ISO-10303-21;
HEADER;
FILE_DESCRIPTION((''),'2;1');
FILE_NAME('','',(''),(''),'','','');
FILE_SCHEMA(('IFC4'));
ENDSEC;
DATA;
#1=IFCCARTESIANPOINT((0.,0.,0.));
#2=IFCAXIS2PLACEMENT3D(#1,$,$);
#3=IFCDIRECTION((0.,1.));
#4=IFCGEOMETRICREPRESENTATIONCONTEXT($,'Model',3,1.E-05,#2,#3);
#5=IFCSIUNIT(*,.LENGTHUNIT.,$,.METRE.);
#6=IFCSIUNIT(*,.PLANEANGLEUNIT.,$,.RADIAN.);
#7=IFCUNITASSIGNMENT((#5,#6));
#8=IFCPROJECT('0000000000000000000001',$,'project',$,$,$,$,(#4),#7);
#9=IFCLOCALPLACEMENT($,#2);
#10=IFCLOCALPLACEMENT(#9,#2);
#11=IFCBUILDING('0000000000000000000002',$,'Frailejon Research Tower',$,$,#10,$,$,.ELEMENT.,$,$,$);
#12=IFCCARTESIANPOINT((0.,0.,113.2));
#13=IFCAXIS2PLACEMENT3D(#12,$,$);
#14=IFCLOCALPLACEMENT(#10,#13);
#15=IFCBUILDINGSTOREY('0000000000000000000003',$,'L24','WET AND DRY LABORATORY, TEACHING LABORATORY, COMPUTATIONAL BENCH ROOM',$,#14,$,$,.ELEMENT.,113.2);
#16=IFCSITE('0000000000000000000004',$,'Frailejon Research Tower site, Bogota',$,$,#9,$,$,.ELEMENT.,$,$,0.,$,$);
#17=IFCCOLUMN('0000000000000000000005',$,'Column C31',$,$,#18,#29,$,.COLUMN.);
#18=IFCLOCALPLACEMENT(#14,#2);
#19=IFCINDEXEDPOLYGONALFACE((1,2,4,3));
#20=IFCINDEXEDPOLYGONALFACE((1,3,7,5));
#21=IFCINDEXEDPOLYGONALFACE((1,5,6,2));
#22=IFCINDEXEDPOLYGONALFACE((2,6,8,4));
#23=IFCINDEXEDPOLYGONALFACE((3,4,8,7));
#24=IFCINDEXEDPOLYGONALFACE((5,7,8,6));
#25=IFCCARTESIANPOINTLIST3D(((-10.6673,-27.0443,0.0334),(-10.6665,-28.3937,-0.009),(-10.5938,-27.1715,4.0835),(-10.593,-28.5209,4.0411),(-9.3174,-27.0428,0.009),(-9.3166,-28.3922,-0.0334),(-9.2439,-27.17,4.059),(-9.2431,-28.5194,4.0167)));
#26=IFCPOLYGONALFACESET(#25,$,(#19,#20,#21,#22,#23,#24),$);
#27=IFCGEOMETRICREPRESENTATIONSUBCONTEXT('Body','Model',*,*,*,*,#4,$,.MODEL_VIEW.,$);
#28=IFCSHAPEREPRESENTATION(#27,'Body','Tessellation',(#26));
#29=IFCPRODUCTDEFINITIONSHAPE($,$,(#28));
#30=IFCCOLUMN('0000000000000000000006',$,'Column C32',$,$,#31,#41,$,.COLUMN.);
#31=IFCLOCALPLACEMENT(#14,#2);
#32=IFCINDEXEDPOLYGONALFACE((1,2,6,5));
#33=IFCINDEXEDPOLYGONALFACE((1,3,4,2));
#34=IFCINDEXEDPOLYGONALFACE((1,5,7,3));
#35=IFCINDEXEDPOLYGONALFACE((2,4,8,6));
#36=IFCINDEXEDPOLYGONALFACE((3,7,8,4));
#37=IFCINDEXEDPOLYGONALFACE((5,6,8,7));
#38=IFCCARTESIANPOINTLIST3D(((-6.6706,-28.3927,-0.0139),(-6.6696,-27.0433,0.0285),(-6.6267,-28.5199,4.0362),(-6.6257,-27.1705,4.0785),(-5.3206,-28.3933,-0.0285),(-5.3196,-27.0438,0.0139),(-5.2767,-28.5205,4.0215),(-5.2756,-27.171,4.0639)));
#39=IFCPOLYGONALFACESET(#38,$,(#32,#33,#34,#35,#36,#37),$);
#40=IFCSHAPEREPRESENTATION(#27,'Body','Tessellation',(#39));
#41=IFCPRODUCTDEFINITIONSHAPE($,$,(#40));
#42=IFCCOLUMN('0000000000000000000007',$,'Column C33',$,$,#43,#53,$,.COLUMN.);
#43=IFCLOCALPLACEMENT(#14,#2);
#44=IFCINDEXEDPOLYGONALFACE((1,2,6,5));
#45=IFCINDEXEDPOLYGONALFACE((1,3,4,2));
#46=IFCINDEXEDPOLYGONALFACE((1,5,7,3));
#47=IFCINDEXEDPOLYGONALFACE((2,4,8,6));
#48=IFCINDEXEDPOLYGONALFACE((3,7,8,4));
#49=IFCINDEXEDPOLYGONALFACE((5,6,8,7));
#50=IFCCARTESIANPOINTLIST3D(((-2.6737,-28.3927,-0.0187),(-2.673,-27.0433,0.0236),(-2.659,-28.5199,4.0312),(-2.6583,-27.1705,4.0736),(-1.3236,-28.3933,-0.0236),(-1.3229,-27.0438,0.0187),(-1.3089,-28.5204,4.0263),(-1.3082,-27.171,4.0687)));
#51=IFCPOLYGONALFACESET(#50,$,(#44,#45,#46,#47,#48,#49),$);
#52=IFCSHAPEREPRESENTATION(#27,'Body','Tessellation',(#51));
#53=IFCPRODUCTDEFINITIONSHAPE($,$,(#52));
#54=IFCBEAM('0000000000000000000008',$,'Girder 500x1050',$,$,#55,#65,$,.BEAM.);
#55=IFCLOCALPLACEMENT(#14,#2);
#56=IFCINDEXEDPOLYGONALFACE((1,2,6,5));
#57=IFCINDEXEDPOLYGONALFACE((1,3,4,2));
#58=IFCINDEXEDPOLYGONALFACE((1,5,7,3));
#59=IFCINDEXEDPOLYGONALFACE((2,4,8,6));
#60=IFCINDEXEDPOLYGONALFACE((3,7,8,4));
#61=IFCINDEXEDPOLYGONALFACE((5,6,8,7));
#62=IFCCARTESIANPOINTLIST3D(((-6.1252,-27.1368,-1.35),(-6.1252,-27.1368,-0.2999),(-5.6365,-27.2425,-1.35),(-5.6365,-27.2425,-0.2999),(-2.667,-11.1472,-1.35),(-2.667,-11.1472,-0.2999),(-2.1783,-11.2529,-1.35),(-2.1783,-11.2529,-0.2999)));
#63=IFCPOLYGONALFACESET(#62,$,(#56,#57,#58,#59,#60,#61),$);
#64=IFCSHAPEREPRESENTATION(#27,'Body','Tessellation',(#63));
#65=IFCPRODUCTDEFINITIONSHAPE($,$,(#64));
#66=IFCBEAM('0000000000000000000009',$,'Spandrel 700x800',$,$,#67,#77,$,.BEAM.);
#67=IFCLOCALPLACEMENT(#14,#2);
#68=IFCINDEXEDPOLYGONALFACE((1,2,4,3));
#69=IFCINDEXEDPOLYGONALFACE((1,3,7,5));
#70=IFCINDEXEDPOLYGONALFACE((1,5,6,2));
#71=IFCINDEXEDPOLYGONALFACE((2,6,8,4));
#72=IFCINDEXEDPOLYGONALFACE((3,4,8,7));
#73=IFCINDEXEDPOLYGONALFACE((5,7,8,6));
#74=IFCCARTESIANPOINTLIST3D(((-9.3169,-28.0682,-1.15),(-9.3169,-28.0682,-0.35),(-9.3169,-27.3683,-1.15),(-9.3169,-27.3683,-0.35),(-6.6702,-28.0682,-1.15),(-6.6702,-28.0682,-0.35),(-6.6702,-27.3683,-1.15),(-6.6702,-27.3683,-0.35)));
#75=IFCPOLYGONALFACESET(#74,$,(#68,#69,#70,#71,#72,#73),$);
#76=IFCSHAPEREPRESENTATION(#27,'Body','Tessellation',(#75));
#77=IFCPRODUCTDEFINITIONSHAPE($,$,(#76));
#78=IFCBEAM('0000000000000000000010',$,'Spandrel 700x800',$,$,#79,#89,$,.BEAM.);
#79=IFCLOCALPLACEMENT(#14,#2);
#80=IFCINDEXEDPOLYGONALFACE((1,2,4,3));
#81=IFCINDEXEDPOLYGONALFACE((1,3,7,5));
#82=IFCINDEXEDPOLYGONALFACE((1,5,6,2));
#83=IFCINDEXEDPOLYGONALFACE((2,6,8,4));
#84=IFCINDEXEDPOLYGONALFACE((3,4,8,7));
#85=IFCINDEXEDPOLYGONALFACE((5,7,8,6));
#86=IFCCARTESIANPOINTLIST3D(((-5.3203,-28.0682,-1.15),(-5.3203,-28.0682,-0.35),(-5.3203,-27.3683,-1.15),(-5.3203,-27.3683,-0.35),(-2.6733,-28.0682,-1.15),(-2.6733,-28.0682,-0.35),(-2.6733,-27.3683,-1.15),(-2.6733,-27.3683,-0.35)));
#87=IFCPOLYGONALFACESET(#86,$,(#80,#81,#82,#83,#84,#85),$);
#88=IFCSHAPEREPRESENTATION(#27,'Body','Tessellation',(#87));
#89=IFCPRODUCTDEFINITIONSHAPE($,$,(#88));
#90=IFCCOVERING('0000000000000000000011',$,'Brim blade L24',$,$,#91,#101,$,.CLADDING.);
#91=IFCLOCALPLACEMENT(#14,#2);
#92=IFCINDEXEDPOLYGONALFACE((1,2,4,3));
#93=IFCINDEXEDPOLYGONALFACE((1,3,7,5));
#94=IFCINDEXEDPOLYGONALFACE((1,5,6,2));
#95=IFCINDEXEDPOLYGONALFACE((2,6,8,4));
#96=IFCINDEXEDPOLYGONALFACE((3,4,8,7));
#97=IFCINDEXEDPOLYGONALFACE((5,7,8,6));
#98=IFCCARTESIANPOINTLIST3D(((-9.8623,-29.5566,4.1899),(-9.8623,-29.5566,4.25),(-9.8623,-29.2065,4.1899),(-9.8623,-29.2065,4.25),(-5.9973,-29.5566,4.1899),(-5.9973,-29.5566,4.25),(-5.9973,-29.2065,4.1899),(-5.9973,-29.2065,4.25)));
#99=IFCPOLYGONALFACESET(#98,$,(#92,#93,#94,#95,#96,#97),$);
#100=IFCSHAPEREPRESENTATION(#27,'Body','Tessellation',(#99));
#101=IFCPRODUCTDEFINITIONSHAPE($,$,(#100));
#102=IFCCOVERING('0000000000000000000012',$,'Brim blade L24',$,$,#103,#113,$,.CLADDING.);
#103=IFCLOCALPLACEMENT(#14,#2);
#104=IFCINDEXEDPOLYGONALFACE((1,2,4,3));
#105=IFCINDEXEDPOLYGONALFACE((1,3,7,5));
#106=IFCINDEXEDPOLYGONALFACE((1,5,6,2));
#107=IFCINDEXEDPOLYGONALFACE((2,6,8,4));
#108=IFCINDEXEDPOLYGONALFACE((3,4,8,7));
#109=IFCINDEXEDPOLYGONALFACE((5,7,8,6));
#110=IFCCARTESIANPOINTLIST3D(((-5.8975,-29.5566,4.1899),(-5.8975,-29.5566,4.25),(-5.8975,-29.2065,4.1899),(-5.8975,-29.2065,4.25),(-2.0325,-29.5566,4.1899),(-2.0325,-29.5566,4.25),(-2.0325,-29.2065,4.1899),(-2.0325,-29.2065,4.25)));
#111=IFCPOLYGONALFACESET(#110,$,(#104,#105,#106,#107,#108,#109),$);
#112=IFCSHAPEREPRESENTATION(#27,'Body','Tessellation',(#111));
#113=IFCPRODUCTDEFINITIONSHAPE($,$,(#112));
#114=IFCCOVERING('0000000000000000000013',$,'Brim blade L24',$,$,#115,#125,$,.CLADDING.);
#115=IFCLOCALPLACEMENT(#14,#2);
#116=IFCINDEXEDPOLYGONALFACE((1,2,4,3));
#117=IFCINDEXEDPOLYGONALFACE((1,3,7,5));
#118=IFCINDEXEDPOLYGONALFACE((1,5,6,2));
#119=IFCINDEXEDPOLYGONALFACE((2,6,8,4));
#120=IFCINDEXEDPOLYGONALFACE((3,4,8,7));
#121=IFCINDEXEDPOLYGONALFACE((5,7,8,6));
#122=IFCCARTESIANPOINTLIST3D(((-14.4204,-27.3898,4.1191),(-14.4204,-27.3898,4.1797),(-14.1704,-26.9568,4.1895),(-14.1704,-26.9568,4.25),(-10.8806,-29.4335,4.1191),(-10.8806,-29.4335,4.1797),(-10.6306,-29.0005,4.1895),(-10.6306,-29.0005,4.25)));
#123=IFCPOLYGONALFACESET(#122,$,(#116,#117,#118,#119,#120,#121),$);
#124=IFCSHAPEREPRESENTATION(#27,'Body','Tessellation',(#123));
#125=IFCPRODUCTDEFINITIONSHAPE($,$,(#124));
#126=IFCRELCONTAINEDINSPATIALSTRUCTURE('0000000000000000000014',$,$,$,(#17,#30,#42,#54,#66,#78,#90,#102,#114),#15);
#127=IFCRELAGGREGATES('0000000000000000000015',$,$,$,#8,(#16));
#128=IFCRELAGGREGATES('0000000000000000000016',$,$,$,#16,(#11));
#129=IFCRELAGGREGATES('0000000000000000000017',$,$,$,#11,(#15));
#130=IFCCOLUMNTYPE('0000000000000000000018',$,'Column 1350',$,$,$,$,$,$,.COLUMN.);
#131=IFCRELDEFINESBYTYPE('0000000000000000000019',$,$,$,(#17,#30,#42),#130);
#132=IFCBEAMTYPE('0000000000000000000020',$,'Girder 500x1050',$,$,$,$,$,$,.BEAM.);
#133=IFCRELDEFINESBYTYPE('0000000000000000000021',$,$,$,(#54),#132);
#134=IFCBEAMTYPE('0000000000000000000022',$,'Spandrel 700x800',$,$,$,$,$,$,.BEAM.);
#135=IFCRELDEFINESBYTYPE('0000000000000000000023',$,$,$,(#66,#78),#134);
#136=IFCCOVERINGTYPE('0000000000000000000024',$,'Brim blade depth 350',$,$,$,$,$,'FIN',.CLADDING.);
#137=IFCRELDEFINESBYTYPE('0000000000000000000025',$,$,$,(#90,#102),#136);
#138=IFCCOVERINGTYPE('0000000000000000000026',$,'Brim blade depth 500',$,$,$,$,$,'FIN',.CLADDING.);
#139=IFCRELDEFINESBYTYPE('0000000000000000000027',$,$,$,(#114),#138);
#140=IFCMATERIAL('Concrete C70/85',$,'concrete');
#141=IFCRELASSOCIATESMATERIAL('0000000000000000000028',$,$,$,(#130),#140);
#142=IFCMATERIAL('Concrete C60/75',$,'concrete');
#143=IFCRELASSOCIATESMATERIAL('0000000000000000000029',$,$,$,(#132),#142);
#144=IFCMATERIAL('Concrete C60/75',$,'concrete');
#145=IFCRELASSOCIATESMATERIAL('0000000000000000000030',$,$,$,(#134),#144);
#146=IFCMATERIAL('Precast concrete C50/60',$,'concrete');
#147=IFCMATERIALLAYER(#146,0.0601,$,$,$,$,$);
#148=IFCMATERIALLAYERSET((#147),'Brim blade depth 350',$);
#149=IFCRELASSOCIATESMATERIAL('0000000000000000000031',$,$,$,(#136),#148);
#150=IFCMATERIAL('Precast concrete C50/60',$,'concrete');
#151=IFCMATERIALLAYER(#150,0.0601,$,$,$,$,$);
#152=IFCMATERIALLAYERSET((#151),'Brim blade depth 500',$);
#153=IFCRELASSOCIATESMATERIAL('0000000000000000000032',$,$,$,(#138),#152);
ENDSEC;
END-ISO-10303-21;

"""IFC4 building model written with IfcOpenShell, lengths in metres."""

from ifc_helpers import new_model, si_unit, direction, frame, origin, origin_2d, place, context, subcontext, project, spatial, polyline, rectangle, outline, extrude, material, layer, layer_set, material_profile, profile_set, type_object, element, save


model = new_model("IFC4")

# Units and contexts
model_context = context("Model", 3, precision=1e-05, world=origin(), true_north=direction((0.0, 1.0)))
body_context = subcontext(model_context, "Body", "Model", "MODEL_VIEW")
ifc_project = project(units=[si_unit("LENGTHUNIT", "METRE"), si_unit("PLANEANGLEUNIT", "RADIAN")], contexts=[model_context])

# Site, building, storey
site_placement = place(None, origin())
site = spatial("IfcSite", under=ifc_project, at=site_placement, Name="Frailejon Research Tower site, Bogota", CompositionType="ELEMENT", RefElevation=0.0)
building_placement = place(site_placement, origin())
building = spatial("IfcBuilding", under=site, at=building_placement, Name="Frailejon Research Tower", CompositionType="ELEMENT")
storey_placement = place(building_placement, frame((0.0, 0.0, 113.2)))
storey = spatial("IfcBuildingStorey", under=building, at=storey_placement, Name="L24", Description="WET AND DRY LABORATORY, TEACHING LABORATORY, COMPUTATIONAL BENCH ROOM", CompositionType="ELEMENT", Elevation=113.2)

# Columns
ifc_material_1 = material(Name="Concrete C70/85", Category="concrete")
ifc_material_profile_1 = material_profile(ifc_material_1, rectangle(XDim=1.3501, YDim=1.3501, at=origin_2d()), Name="Column 1350")
ifc_profile_set_1 = profile_set([ifc_material_profile_1], Name="Concrete C70/85")
column_type = type_object("IfcColumnType", Name="Column 1350", PredefinedType="COLUMN", material=ifc_profile_set_1)
column_1_placement = place(storey_placement, frame((-9.9919, -27.7183, 0.0), z_axis=(0.018133, -0.031386, 0.999343), x_axis=(0.999835, 0.001116, -0.018107)))
element("IfcColumn", 1, at=column_1_placement, inside=storey, type_object=column_type, Name="Column C31", PredefinedType="COLUMN", context=body_context, shape_type="SweptSolid", body=[
    extrude(rectangle(XDim=1.3501, YDim=1.3501, at=origin_2d()), origin(), (0.0, 0.0, 1.0), 4.0527),
])
column_2_placement = place(storey_placement, frame((-5.9951, -27.7183, 0.0), z_axis=(0.010845, -0.031389, 0.999448), x_axis=(0.999941, -0.000427, -0.010863)))
element("IfcColumn", 2, at=column_2_placement, inside=storey, type_object=column_type, Name="Column C32", PredefinedType="COLUMN", context=body_context, shape_type="SweptSolid", body=[
    extrude(rectangle(XDim=1.3501, YDim=1.3501, at=origin_2d()), origin(), (0.0, 0.0, 1.0), 4.0522),
])
column_3_placement = place(storey_placement, frame((-1.9983, -27.7183, 0.0), z_axis=(0.003615, -0.031391, 0.999501), x_axis=(0.999993, -0.000407, -0.00363)))
element("IfcColumn", 3, at=column_3_placement, inside=storey, type_object=column_type, Name="Column C33", PredefinedType="COLUMN", context=body_context, shape_type="SweptSolid", body=[
    extrude(rectangle(XDim=1.3501, YDim=1.3501, at=origin_2d()), origin(), (0.0, 0.0, 1.0), 4.052),
])

# Beams
ifc_material_2 = material(Name="Concrete C60/75", Category="concrete")
ifc_material_profile_2 = material_profile(ifc_material_2, rectangle(XDim=0.5, YDim=1.05, at=origin_2d()), Name="Girder 500x1050")
ifc_profile_set_2 = profile_set([ifc_material_profile_2], Name="Concrete C60/75")
beam_type_1 = type_object("IfcBeamType", Name="Girder 500x1050", PredefinedType="BEAM", material=ifc_profile_set_2)
beam_1_placement = place(storey_placement, frame((-5.8809, -27.1897, -0.825), z_axis=(0.211392, 0.977401, 0.0), x_axis=(-0.977401, 0.211392, 0.0)))
element("IfcBeam", 4, at=beam_1_placement, inside=storey, type_object=beam_type_1, Name="Girder 500x1050", PredefinedType="BEAM", context=body_context, shape_type="SweptSolid", body=[
    extrude(rectangle(XDim=0.5, YDim=1.05, at=origin_2d()), origin(), (0.0, 0.0, 1.0), 16.3594),
])
ifc_material_3 = material(Name="Concrete C60/75", Category="concrete")
ifc_material_profile_3 = material_profile(ifc_material_3, rectangle(XDim=0.7, YDim=0.8, at=origin_2d()), Name="Spandrel 700x800")
ifc_profile_set_3 = profile_set([ifc_material_profile_3], Name="Concrete C60/75")
beam_type_2 = type_object("IfcBeamType", Name="Spandrel 700x800", PredefinedType="BEAM", material=ifc_profile_set_3)
beam_2_placement = place(storey_placement, frame((-9.3169, -27.7183, -0.75), z_axis=(1.0, 0.0, 0.0), x_axis=(0.0, 1.0, 0.0)))
element("IfcBeam", 5, at=beam_2_placement, inside=storey, type_object=beam_type_2, Name="Spandrel 700x800", PredefinedType="BEAM", context=body_context, shape_type="SweptSolid", body=[
    extrude(rectangle(XDim=0.7, YDim=0.8, at=origin_2d()), origin(), (0.0, 0.0, 1.0), 2.6467),
])
beam_3_placement = place(storey_placement, frame((-5.3203, -27.7183, -0.75), z_axis=(1.0, 0.0, 0.0), x_axis=(0.0, 1.0, 0.0)))
element("IfcBeam", 6, at=beam_3_placement, inside=storey, type_object=beam_type_2, Name="Spandrel 700x800", PredefinedType="BEAM", context=body_context, shape_type="SweptSolid", body=[
    extrude(rectangle(XDim=0.7, YDim=0.8, at=origin_2d()), origin(), (0.0, 0.0, 1.0), 2.647),
])

# Coverings
ifc_material_4 = material(Name="Precast concrete C50/60", Category="concrete")
ifc_layer_1 = layer(ifc_material_4, 0.0601)
ifc_layer_set_1 = layer_set([ifc_layer_1], Name="Brim blade depth 350")
covering_type_1 = type_object("IfcCoveringType", Name="Brim blade depth 350", ElementType="FIN", PredefinedType="CLADDING", material=ifc_layer_set_1)
for number, where, z_axis, x_axis, name in (
    (7, (-5.9973, -29.2065, 4.25), (-1.0, 0.0, 0.0), (0.0, -1.0, 0.0), "Brim blade L24"),
    (8, (-2.0325, -29.2065, 4.25), (-1.0, 0.0, 0.0), (0.0, -1.0, 0.0), "Brim blade L24"),
):
    element("IfcCovering", number, at=place(storey_placement, frame(where, z_axis=z_axis, x_axis=x_axis)), inside=storey, type_object=covering_type_1, Name=name, PredefinedType="CLADDING", context=body_context, shape_type="SweptSolid", body=[
        extrude(outline(polyline([(0.0, -0.0601), (0.3501, -0.0601), (0.3501, 0.0), (0.0, 0.0), (0.0, -0.0601)])), origin(), (0.0, 0.0, 1.0), 3.865),
    ])
ifc_material_5 = material(Name="Precast concrete C50/60", Category="concrete")
ifc_layer_2 = layer(ifc_material_5, 0.0601)
ifc_layer_set_2 = layer_set([ifc_layer_2], Name="Brim blade depth 500")
covering_type_2 = type_object("IfcCoveringType", Name="Brim blade depth 500", ElementType="FIN", PredefinedType="CLADDING", material=ifc_layer_set_2)
covering_placement = place(storey_placement, frame((-10.6306, -29.0005, 4.25), z_axis=(-0.866021, 0.500007, 0.0), x_axis=(-0.500007, -0.866021, 0.0)))
element("IfcCovering", 9, at=covering_placement, inside=storey, type_object=covering_type_2, Name="Brim blade L24", PredefinedType="CLADDING", context=body_context, shape_type="SweptSolid", body=[
    extrude(outline(polyline([(0.0, -0.0605), (0.5, -0.1309), (0.5, -0.0703), (0.0, 0.0), (0.0, -0.0605)])), origin(), (0.0, 0.0, 1.0), 4.0874),
])

save(model, "model.ifc")
